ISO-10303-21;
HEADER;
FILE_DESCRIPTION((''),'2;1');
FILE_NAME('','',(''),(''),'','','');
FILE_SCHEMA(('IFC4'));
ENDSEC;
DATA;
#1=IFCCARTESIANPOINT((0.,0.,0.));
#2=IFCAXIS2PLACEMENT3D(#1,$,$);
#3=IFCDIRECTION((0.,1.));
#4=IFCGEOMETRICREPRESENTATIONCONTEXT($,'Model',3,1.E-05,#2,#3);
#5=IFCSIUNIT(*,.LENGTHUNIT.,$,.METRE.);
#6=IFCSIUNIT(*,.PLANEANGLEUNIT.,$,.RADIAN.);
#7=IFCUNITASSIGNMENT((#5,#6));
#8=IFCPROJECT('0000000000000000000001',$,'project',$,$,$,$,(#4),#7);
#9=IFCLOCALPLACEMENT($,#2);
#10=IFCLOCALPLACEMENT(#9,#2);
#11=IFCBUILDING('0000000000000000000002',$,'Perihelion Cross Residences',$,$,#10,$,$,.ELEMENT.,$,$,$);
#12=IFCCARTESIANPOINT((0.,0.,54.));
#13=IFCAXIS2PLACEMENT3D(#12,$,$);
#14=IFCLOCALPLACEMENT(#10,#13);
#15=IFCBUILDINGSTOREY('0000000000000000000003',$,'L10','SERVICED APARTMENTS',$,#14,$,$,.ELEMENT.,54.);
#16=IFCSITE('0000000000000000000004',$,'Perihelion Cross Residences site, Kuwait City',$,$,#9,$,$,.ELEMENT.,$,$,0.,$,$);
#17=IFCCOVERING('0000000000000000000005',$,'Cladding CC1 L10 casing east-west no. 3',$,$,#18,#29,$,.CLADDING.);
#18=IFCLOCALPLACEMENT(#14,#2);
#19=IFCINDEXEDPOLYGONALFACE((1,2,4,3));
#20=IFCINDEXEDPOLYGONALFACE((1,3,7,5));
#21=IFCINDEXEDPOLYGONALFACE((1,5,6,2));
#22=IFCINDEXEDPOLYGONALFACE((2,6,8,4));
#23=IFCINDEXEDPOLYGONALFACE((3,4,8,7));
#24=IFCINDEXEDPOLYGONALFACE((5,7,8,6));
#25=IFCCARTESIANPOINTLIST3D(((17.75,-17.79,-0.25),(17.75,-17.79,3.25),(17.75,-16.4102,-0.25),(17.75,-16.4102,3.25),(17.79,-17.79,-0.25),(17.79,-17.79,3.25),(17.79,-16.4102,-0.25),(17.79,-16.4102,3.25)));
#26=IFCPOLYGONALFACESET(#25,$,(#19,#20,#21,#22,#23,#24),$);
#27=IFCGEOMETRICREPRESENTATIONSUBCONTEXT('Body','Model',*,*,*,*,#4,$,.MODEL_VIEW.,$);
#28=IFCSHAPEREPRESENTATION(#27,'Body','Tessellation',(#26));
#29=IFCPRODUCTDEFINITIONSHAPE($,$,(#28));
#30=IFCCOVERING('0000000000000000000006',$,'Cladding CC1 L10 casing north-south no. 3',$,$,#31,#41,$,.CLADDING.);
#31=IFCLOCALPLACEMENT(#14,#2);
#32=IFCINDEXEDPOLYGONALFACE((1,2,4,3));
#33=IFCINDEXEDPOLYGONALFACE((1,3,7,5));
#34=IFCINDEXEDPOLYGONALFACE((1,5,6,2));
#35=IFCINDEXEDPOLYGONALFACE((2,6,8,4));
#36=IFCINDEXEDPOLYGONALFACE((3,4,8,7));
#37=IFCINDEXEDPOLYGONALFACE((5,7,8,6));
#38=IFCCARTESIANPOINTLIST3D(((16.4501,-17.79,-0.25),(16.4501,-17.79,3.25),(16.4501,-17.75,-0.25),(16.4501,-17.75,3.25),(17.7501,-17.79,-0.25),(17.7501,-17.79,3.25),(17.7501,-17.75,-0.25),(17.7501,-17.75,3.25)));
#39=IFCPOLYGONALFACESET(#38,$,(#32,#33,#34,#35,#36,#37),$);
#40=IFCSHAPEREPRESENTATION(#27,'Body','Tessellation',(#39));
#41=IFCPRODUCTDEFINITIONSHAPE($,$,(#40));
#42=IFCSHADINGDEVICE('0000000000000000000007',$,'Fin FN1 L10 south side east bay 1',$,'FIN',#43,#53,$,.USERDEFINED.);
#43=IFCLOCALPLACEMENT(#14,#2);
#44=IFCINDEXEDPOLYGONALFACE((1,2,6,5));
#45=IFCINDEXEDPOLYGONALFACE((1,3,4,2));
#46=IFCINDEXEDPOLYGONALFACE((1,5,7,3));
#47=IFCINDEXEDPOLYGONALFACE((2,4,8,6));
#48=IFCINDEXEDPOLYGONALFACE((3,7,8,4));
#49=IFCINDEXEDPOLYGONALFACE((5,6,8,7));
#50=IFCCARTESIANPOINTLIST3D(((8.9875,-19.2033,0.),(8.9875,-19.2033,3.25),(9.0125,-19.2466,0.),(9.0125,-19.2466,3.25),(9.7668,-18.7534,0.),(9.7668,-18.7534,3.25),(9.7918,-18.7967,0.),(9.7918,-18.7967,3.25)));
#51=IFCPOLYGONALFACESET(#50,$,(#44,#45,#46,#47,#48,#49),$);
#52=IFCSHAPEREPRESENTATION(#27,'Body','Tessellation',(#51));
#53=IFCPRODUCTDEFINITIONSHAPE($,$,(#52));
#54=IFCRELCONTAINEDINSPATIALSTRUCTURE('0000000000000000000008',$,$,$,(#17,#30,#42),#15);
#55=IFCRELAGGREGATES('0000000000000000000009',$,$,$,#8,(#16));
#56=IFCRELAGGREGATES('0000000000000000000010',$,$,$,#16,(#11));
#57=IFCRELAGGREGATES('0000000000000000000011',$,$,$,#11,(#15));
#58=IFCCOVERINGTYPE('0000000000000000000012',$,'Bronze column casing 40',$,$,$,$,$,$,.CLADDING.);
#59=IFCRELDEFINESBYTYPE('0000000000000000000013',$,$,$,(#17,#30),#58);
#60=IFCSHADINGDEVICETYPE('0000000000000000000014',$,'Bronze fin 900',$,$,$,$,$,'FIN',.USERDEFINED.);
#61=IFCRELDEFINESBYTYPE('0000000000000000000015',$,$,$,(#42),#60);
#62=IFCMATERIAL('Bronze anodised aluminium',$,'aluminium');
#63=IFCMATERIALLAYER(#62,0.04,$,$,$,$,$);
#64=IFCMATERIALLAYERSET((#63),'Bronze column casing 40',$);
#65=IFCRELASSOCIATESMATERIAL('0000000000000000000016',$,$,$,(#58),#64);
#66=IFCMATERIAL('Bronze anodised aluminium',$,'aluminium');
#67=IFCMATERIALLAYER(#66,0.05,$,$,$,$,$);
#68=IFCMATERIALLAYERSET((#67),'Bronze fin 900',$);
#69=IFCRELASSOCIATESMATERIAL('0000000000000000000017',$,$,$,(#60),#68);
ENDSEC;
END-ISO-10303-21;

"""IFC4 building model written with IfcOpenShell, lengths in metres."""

from ifc_helpers import new_model, si_unit, direction, frame, origin, origin_2d, place, context, subcontext, project, spatial, rectangle, extrude, material, layer, layer_set, type_object, element, save


model = new_model("IFC4")

# Units and contexts
model_context = context("Model", 3, precision=1e-05, world=origin(), true_north=direction((0.0, 1.0)))
body_context = subcontext(model_context, "Body", "Model", "MODEL_VIEW")
ifc_project = project(units=[si_unit("LENGTHUNIT", "METRE"), si_unit("PLANEANGLEUNIT", "RADIAN")], contexts=[model_context])

# Site, building, storey
site_placement = place(None, origin())
site = spatial("IfcSite", under=ifc_project, at=site_placement, Name="Perihelion Cross Residences site, Kuwait City", CompositionType="ELEMENT", RefElevation=0.0)
building_placement = place(site_placement, origin())
building = spatial("IfcBuilding", under=site, at=building_placement, Name="Perihelion Cross Residences", CompositionType="ELEMENT")
storey_placement = place(building_placement, frame((0.0, 0.0, 54.0)))
storey = spatial("IfcBuildingStorey", under=building, at=storey_placement, Name="L10", Description="SERVICED APARTMENTS", CompositionType="ELEMENT", Elevation=54.0)

# Coverings
ifc_material_1 = material(Name="Bronze anodised aluminium", Category="aluminium")
ifc_layer_1 = layer(ifc_material_1, 0.04)
ifc_layer_set_1 = layer_set([ifc_layer_1], Name="Bronze column casing 40")
covering_type = type_object("IfcCoveringType", Name="Bronze column casing 40", PredefinedType="CLADDING", material=ifc_layer_set_1)
covering_1_placement = place(storey_placement, frame((17.77, -17.1001, -0.25), z_axis=(0.0, 0.0, 1.0), x_axis=(1.0, 0.0, 0.0)))
element("IfcCovering", 1, at=covering_1_placement, inside=storey, type_object=covering_type, Name="Cladding CC1 L10 casing east-west no. 3", PredefinedType="CLADDING", context=body_context, shape_type="SweptSolid", body=[
    extrude(rectangle(XDim=0.04, YDim=1.3799, at=origin_2d()), origin(), (0.0, 0.0, 1.0), 3.5),
])
covering_2_placement = place(storey_placement, frame((17.1001, -17.77, -0.25), z_axis=(0.0, 0.0, 1.0), x_axis=(1.0, 0.0, 0.0)))
element("IfcCovering", 2, at=covering_2_placement, inside=storey, type_object=covering_type, Name="Cladding CC1 L10 casing north-south no. 3", PredefinedType="CLADDING", context=body_context, shape_type="SweptSolid", body=[
    extrude(rectangle(XDim=1.3, YDim=0.04, at=origin_2d()), origin(), (0.0, 0.0, 1.0), 3.5),
])

# Shading device
ifc_material_2 = material(Name="Bronze anodised aluminium", Category="aluminium")
ifc_layer_2 = layer(ifc_material_2, 0.05)
ifc_layer_set_2 = layer_set([ifc_layer_2], Name="Bronze fin 900")
shading_device_type = type_object("IfcShadingDeviceType", Name="Bronze fin 900", ElementType="FIN", PredefinedType="USERDEFINED", material=ifc_layer_set_2)
shading_device_placement = place(storey_placement, frame((9.3896, -19.0, 0.0), z_axis=(0.0, 0.0, 1.0), x_axis=(0.866025, 0.5, 0.0)))
element("IfcShadingDevice", 3, at=shading_device_placement, inside=storey, type_object=shading_device_type, Name="Fin FN1 L10 south side east bay 1", ObjectType="FIN", PredefinedType="USERDEFINED", context=body_context, shape_type="SweptSolid", body=[
    extrude(rectangle(XDim=0.8999, YDim=0.05, at=origin_2d()), origin(), (0.0, 0.0, 1.0), 3.25),
])

save(model, "model.ifc")
